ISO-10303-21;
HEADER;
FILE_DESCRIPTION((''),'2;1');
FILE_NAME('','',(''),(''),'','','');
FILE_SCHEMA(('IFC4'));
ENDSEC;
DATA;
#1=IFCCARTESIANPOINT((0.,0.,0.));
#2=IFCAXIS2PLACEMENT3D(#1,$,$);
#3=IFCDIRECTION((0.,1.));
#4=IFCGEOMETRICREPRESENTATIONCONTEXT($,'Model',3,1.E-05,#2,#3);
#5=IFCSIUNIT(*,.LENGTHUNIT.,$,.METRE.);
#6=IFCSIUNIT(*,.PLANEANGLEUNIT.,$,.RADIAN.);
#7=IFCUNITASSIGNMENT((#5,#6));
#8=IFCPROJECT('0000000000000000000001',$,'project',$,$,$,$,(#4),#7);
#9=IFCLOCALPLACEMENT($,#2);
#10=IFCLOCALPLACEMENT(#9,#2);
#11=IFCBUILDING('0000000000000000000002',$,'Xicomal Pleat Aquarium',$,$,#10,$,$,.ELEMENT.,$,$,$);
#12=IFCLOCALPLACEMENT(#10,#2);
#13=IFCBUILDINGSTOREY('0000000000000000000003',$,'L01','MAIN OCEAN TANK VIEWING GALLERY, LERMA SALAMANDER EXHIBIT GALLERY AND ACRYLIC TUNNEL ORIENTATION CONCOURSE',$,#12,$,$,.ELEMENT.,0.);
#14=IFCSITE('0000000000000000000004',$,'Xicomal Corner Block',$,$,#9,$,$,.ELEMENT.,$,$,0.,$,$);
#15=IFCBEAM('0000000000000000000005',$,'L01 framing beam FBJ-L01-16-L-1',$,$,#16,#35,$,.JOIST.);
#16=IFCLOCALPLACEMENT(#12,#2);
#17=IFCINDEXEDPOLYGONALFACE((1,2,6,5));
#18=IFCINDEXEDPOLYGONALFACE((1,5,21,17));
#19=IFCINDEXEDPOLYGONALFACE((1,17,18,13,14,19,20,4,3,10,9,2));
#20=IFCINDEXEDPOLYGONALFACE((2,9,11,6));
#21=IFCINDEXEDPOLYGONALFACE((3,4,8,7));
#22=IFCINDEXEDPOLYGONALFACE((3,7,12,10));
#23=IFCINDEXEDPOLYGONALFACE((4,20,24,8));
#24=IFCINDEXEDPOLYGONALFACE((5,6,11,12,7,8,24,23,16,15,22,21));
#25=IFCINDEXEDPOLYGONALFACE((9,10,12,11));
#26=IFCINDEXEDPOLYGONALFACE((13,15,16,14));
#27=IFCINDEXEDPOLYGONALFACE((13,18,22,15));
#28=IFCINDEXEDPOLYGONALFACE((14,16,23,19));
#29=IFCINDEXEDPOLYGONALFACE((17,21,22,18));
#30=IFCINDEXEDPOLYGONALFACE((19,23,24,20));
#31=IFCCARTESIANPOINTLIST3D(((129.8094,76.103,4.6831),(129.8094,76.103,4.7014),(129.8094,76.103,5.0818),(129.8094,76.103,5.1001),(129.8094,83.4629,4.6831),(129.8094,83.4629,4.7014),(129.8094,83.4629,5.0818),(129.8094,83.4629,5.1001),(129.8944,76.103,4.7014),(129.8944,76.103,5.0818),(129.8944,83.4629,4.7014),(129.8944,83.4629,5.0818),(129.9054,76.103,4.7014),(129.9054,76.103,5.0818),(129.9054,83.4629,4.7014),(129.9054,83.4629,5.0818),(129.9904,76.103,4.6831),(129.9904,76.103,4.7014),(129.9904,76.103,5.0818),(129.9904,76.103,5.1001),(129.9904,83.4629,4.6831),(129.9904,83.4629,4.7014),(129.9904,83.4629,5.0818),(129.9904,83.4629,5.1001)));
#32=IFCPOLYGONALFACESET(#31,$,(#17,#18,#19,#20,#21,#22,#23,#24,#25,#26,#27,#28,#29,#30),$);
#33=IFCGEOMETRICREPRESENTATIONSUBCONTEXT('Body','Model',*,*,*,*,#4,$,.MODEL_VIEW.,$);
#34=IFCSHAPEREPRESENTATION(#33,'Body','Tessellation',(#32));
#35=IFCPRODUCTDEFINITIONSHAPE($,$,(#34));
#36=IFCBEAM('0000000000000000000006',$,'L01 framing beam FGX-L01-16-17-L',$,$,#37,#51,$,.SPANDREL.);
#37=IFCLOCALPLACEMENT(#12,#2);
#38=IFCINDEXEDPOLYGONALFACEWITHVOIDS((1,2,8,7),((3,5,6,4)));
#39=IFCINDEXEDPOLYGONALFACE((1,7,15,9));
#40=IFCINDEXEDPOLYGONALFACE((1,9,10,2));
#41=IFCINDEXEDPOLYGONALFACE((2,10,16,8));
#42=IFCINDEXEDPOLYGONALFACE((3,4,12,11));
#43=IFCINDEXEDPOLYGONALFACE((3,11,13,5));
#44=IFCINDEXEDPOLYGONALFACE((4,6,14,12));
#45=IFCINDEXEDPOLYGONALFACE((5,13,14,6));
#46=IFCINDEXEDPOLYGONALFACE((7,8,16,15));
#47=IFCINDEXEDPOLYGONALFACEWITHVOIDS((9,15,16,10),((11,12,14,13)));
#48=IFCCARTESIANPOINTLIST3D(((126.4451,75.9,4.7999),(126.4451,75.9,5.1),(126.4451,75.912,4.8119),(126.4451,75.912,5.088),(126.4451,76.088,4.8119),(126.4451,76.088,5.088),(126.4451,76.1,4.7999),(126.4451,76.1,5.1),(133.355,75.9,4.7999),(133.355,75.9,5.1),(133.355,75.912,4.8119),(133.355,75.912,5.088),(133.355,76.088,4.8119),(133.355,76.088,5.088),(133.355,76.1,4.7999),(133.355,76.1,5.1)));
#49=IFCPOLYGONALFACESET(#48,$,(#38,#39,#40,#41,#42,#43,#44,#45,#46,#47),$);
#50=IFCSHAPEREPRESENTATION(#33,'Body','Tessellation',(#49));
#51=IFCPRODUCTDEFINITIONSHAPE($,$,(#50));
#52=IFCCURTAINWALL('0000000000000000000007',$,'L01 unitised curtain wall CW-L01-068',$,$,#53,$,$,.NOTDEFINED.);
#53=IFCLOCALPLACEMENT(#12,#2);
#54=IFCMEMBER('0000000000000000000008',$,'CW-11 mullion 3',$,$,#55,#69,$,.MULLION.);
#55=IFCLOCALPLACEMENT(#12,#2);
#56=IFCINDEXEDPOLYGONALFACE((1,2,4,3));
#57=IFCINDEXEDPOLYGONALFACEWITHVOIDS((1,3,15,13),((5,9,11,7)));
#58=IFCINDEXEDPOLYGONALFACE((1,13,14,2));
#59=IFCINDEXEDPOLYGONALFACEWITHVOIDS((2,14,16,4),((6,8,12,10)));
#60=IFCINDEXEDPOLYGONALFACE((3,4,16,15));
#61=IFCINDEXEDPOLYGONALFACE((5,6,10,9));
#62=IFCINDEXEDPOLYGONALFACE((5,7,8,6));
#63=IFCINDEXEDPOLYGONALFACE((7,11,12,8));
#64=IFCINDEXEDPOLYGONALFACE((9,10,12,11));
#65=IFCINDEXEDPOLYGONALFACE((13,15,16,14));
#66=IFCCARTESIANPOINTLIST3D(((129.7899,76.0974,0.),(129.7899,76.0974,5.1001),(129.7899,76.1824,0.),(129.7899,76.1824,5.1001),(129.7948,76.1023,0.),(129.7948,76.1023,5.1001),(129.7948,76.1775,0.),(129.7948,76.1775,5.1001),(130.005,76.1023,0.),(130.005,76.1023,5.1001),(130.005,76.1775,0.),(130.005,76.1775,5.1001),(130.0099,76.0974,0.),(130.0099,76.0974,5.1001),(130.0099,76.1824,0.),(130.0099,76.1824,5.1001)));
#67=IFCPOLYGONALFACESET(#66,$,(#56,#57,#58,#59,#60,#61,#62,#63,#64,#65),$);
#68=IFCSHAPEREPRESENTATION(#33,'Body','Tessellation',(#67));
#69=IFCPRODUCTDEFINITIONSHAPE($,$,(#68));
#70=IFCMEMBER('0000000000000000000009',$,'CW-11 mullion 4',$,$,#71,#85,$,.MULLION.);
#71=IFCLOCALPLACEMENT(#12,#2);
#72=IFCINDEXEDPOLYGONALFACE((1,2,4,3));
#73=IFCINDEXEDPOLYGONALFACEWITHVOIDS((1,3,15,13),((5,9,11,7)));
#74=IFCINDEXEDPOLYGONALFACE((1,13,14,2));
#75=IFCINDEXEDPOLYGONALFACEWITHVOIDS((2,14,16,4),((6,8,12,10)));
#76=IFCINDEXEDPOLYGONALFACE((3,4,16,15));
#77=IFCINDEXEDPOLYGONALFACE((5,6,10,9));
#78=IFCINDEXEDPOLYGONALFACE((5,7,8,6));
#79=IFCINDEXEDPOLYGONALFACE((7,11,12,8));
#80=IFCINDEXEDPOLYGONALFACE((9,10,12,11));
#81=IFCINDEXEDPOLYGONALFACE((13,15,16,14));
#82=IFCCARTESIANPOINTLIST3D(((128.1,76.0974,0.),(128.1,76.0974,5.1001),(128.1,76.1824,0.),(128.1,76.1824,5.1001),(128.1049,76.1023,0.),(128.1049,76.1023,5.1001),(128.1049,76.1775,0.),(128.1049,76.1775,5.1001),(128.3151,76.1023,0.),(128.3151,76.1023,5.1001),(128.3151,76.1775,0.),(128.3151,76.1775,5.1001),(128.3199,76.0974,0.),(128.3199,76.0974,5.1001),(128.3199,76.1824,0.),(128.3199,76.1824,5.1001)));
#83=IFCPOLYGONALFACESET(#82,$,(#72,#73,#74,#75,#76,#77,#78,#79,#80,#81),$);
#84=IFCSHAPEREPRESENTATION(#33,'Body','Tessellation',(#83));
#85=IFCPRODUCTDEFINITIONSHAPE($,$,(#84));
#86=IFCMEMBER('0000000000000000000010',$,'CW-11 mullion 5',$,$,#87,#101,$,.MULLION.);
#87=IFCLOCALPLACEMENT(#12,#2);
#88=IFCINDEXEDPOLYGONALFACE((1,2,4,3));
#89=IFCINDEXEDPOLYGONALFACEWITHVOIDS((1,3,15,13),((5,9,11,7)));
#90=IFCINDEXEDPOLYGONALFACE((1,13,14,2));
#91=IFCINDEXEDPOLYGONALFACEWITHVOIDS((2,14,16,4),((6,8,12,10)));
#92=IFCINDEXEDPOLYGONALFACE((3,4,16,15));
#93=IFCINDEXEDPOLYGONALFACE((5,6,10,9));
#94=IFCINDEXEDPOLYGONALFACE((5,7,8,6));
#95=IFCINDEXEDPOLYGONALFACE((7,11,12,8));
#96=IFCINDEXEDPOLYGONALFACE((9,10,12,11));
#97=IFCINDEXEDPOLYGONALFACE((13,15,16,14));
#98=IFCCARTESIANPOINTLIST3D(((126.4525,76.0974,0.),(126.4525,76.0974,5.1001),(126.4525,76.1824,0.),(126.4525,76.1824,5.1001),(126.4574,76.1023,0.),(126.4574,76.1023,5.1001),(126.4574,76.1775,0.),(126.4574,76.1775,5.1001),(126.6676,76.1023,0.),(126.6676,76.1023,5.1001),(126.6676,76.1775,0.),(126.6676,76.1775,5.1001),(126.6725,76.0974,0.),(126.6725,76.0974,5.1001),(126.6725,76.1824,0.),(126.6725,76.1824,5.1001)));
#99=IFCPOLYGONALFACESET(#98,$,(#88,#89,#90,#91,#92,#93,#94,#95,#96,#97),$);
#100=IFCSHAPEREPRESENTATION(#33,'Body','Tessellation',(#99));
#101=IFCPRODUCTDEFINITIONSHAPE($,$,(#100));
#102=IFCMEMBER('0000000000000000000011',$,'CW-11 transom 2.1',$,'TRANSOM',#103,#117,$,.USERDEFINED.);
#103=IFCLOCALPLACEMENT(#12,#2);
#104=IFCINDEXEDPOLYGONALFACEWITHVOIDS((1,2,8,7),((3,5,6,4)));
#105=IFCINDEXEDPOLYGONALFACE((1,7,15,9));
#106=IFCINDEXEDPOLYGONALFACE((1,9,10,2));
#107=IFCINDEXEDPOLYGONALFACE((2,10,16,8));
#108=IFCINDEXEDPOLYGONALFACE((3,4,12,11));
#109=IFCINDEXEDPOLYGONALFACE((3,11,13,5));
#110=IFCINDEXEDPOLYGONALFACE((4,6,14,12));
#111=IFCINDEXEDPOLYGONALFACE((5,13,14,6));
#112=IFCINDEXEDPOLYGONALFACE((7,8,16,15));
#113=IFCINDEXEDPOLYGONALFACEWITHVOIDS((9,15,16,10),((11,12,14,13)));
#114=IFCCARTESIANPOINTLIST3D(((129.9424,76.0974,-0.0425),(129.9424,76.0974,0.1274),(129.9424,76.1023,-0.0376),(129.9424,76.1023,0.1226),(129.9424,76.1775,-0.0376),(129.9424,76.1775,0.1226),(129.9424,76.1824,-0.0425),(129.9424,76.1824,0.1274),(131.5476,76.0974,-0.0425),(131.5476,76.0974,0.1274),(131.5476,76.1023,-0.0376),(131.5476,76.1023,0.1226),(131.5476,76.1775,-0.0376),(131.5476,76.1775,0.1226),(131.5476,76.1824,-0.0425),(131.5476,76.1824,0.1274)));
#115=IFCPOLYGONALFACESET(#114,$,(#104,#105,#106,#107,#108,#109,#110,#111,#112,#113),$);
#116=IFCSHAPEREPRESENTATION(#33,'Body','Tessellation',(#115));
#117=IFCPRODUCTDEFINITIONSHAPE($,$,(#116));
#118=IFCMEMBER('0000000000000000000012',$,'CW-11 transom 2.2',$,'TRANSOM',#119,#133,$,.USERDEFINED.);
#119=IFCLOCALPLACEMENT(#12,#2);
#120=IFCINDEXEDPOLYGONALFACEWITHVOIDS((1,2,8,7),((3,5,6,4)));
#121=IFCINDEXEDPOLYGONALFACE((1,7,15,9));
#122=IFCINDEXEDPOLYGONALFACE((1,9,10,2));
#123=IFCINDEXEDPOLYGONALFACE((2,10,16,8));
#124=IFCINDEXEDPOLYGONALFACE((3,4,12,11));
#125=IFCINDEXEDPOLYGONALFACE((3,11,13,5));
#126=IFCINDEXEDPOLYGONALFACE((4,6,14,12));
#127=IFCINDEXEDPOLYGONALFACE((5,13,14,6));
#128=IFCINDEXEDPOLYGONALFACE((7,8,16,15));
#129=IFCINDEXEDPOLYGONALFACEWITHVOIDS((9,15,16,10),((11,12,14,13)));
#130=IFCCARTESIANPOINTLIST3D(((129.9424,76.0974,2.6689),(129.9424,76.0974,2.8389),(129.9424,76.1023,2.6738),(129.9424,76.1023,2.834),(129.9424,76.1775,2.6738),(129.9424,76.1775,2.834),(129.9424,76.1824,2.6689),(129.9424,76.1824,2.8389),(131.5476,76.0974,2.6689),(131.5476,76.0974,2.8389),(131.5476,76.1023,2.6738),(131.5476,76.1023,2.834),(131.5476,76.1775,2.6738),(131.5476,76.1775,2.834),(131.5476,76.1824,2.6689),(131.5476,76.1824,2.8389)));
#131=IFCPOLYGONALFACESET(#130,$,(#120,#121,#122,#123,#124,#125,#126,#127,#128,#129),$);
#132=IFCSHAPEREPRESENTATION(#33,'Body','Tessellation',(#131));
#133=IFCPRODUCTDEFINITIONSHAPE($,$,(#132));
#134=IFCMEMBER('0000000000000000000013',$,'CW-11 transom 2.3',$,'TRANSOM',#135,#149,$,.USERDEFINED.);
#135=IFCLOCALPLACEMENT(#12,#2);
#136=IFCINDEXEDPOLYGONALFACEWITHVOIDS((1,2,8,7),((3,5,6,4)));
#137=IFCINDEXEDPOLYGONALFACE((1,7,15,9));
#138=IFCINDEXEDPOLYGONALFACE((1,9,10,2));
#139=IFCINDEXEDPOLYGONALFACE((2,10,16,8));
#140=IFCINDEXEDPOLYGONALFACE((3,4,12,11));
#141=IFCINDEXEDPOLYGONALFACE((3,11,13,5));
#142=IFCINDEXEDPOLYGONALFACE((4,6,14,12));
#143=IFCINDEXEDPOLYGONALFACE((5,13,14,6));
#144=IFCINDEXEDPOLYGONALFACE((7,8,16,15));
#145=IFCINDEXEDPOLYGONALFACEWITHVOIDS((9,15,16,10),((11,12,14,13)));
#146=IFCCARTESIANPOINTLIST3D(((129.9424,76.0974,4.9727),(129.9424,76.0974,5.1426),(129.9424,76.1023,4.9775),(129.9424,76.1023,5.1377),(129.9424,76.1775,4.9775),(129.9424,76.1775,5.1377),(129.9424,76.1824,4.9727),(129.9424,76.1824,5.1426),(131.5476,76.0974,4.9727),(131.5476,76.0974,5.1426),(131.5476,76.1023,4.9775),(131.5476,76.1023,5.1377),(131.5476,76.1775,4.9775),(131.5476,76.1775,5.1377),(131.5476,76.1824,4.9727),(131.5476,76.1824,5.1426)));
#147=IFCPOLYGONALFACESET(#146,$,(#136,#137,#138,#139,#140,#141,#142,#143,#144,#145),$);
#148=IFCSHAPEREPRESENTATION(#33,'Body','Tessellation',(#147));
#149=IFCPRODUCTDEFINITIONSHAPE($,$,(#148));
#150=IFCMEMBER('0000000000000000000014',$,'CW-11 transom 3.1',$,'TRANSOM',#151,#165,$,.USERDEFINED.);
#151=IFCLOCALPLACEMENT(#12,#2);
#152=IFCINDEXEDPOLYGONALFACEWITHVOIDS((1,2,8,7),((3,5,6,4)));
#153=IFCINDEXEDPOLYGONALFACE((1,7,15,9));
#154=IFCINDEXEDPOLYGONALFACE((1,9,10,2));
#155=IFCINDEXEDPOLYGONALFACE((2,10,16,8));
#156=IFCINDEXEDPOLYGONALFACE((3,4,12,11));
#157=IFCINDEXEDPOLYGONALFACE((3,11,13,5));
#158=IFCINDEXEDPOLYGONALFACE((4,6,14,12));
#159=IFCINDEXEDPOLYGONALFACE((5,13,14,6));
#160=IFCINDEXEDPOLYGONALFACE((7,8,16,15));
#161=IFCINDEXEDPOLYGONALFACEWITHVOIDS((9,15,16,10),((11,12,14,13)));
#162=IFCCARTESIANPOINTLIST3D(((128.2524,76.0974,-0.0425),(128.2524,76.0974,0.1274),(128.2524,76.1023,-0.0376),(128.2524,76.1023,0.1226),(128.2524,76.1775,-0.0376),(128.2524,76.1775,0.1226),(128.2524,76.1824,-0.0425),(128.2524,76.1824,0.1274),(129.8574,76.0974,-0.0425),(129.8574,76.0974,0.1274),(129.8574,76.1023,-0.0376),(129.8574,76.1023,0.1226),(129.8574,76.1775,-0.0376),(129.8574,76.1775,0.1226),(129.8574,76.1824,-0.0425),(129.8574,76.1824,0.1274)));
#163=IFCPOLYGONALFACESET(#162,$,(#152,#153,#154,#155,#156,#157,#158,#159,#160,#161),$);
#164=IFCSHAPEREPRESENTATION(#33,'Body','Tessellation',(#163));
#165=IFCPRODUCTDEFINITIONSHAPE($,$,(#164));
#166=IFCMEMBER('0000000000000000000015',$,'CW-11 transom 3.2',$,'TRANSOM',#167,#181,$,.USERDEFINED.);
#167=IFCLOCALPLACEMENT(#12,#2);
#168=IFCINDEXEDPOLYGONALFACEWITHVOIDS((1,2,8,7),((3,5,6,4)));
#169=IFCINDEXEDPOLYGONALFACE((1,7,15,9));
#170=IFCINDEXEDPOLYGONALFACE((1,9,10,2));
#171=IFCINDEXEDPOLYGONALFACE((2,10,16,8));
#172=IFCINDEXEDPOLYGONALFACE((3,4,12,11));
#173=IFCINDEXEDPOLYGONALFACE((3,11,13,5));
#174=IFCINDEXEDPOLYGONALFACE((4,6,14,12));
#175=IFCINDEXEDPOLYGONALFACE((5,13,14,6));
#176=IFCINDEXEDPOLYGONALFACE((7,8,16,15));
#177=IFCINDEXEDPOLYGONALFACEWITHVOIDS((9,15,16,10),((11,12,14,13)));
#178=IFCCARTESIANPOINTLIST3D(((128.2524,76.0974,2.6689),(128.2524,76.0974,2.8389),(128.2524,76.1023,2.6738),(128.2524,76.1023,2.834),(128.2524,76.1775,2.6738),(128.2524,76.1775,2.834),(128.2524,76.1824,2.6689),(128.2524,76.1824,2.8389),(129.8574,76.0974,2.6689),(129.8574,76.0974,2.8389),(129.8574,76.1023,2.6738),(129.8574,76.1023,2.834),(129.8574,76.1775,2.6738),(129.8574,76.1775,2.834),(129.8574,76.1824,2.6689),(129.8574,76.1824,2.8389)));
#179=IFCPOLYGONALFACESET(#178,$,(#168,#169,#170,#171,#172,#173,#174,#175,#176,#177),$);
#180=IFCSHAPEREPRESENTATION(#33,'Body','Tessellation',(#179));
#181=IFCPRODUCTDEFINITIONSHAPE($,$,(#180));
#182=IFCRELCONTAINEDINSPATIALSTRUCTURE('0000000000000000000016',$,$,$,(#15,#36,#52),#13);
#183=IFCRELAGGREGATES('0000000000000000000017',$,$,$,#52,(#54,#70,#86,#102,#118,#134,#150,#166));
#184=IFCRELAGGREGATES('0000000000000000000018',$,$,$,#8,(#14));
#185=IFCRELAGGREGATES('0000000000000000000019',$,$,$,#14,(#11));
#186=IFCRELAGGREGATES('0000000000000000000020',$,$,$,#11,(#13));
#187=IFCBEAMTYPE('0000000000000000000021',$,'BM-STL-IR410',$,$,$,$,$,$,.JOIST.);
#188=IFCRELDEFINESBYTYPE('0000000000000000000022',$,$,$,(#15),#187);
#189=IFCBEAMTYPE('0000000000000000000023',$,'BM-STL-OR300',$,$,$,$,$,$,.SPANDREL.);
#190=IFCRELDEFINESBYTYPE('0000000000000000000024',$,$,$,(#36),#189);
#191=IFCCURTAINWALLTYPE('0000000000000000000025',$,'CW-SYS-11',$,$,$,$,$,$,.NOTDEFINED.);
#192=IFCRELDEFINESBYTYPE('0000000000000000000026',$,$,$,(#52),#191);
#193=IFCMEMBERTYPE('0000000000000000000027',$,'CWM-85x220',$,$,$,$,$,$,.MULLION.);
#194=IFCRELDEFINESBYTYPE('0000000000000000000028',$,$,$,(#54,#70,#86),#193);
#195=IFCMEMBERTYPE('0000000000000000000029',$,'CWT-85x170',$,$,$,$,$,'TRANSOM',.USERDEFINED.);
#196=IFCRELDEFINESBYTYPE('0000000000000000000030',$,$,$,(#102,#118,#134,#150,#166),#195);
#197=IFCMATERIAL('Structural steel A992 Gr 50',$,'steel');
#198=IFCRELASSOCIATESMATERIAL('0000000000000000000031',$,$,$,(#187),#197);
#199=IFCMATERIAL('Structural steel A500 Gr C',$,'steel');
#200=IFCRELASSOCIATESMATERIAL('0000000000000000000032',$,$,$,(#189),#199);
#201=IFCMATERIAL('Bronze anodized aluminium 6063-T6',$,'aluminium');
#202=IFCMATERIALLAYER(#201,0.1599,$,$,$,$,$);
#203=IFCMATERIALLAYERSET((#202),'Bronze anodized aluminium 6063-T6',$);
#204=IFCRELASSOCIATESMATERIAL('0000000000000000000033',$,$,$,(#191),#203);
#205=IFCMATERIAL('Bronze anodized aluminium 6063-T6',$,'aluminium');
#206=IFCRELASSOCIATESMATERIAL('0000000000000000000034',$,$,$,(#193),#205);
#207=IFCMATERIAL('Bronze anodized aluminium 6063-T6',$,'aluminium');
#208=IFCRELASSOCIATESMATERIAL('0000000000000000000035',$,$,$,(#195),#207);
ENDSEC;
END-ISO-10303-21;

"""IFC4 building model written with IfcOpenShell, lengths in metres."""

from ifc_helpers import new_model, si_unit, direction, frame, origin, origin_2d, place, context, subcontext, project, spatial, hollow_rectangle, i_section, extrude, material, layer, layer_set, material_profile, profile_set, type_object, element, aggregate, save


model = new_model("IFC4")

# Units and contexts
model_context = context("Model", 3, precision=1e-05, world=origin(), true_north=direction((0.0, 1.0)))
body_context = subcontext(model_context, "Body", "Model", "MODEL_VIEW")
ifc_project = project(units=[si_unit("LENGTHUNIT", "METRE"), si_unit("PLANEANGLEUNIT", "RADIAN")], contexts=[model_context])

# Site, building, storey
site_placement = place(None, origin())
site = spatial("IfcSite", under=ifc_project, at=site_placement, Name="Xicomal Corner Block", CompositionType="ELEMENT", RefElevation=0.0)
building_placement = place(site_placement, origin())
building = spatial("IfcBuilding", under=site, at=building_placement, Name="Xicomal Pleat Aquarium", CompositionType="ELEMENT")
storey_placement = place(building_placement, origin())
storey = spatial("IfcBuildingStorey", under=building, at=storey_placement, Name="L01", Description="MAIN OCEAN TANK VIEWING GALLERY, LERMA SALAMANDER EXHIBIT GALLERY AND ACRYLIC TUNNEL ORIENTATION CONCOURSE", CompositionType="ELEMENT", Elevation=0.0)

# Beams
ifc_material_1 = material(Name="Structural steel A992 Gr 50", Category="steel")
ifc_material_profile_1 = material_profile(ifc_material_1, i_section(OverallWidth=0.1809, OverallDepth=0.417, WebThickness=0.011, FlangeThickness=0.0183, at=origin_2d()), Name="IR 410x85")
ifc_profile_set_1 = profile_set([ifc_material_profile_1], Name="Structural steel A992 Gr 50")
beam_type_1 = type_object("IfcBeamType", Name="BM-STL-IR410", PredefinedType="JOIST", material=ifc_profile_set_1)
beam_1_placement = place(storey_placement, frame((129.8999, 76.103, 4.8916), z_axis=(0.0, 1.0, 0.0), x_axis=(-1.0, 0.0, 0.0)))
element("IfcBeam", 1, at=beam_1_placement, inside=storey, type_object=beam_type_1, Name="L01 framing beam FBJ-L01-16-L-1", PredefinedType="JOIST", context=body_context, shape_type="SweptSolid", body=[
    extrude(i_section(OverallWidth=0.1809, OverallDepth=0.417, WebThickness=0.011, FlangeThickness=0.0183, at=origin_2d()), origin(), (0.0, 0.0, 1.0), 7.3599),
])
ifc_material_2 = material(Name="Structural steel A500 Gr C", Category="steel")
ifc_material_profile_2 = material_profile(ifc_material_2, hollow_rectangle(XDim=0.2, YDim=0.3, WallThickness=0.012, at=origin_2d()), Name="OR 300x200x12")
ifc_profile_set_2 = profile_set([ifc_material_profile_2], Name="Structural steel A500 Gr C")
beam_type_2 = type_object("IfcBeamType", Name="BM-STL-OR300", PredefinedType="SPANDREL", material=ifc_profile_set_2)
beam_2_placement = place(storey_placement, frame((126.4451, 76.0, 4.95), z_axis=(1.0, 0.0, 0.0), x_axis=(0.0, 1.0, 0.0)))
element("IfcBeam", 2, at=beam_2_placement, inside=storey, type_object=beam_type_2, Name="L01 framing beam FGX-L01-16-17-L", PredefinedType="SPANDREL", context=body_context, shape_type="SweptSolid", body=[
    extrude(hollow_rectangle(XDim=0.2, YDim=0.3, WallThickness=0.012, at=origin_2d()), origin(), (0.0, 0.0, 1.0), 6.9099),
])

# Curtain wall, members
ifc_material_3 = material(Name="Bronze anodized aluminium 6063-T6", Category="aluminium")
ifc_layer_1 = layer(ifc_material_3, 0.1599)
ifc_layer_set_1 = layer_set([ifc_layer_1], Name="Bronze anodized aluminium 6063-T6")
curtain_wall_type = type_object("IfcCurtainWallType", Name="CW-SYS-11", PredefinedType="NOTDEFINED", material=ifc_layer_set_1)
curtain_wall_placement = place(storey_placement, origin())
curtain_wall = element("IfcCurtainWall", 3, at=curtain_wall_placement, inside=storey, type_object=curtain_wall_type, Name="L01 unitised curtain wall CW-L01-068", PredefinedType="NOTDEFINED")
ifc_material_4 = material(Name="Bronze anodized aluminium 6063-T6", Category="aluminium")
ifc_material_profile_3 = material_profile(ifc_material_4, hollow_rectangle(XDim=0.085, YDim=0.22, WallThickness=0.0049, at=origin_2d()), Name="ALU MULL 85x220")
ifc_profile_set_3 = profile_set([ifc_material_profile_3], Name="Bronze anodized aluminium 6063-T6")
member_type_1 = type_object("IfcMemberType", Name="CWM-85x220", PredefinedType="MULLION", material=ifc_profile_set_3)
member_1_placement = place(storey_placement, frame((129.8999, 76.1399, 0.0), z_axis=(0.0, 0.0, 1.0), x_axis=(0.0, -1.0, 0.0)))
member_1 = element("IfcMember", 4, at=member_1_placement, type_object=member_type_1, Name="CW-11 mullion 3", PredefinedType="MULLION", context=body_context, shape_type="SweptSolid", body=[
    extrude(hollow_rectangle(XDim=0.085, YDim=0.22, WallThickness=0.0049, at=origin_2d()), origin(), (0.0, 0.0, 1.0), 5.1001),
])
member_2_placement = place(storey_placement, frame((128.21, 76.1399, 0.0), z_axis=(0.0, 0.0, 1.0), x_axis=(0.0, -1.0, 0.0)))
member_2 = element("IfcMember", 5, at=member_2_placement, type_object=member_type_1, Name="CW-11 mullion 4", PredefinedType="MULLION", context=body_context, shape_type="SweptSolid", body=[
    extrude(hollow_rectangle(XDim=0.085, YDim=0.22, WallThickness=0.0049, at=origin_2d()), origin(), (0.0, 0.0, 1.0), 5.1001),
])
member_3_placement = place(storey_placement, frame((126.5625, 76.1399, 0.0), z_axis=(0.0, 0.0, 1.0), x_axis=(0.0, -1.0, 0.0)))
member_3 = element("IfcMember", 6, at=member_3_placement, type_object=member_type_1, Name="CW-11 mullion 5", PredefinedType="MULLION", context=body_context, shape_type="SweptSolid", body=[
    extrude(hollow_rectangle(XDim=0.085, YDim=0.22, WallThickness=0.0049, at=origin_2d()), origin(), (0.0, 0.0, 1.0), 5.1001),
])
ifc_material_5 = material(Name="Bronze anodized aluminium 6063-T6", Category="aluminium")
ifc_material_profile_4 = material_profile(ifc_material_5, hollow_rectangle(XDim=0.085, YDim=0.1699, WallThickness=0.0049, at=origin_2d()), Name="ALU TRAN 85x170")
ifc_profile_set_4 = profile_set([ifc_material_profile_4], Name="Bronze anodized aluminium 6063-T6")
member_type_2 = type_object("IfcMemberType", Name="CWT-85x170", ElementType="TRANSOM", PredefinedType="USERDEFINED", material=ifc_profile_set_4)
member_4_placement = place(storey_placement, frame((131.5476, 76.1399, 0.0425), z_axis=(-1.0, 0.0, 0.0), x_axis=(0.0, -1.0, 0.0)))
member_4 = element("IfcMember", 7, at=member_4_placement, type_object=member_type_2, Name="CW-11 transom 2.1", ObjectType="TRANSOM", PredefinedType="USERDEFINED", context=body_context, shape_type="SweptSolid", body=[
    extrude(hollow_rectangle(XDim=0.085, YDim=0.1699, WallThickness=0.0049, at=origin_2d()), origin(), (0.0, 0.0, 1.0), 1.6052),
])
member_5_placement = place(storey_placement, frame((131.5476, 76.1399, 2.7539), z_axis=(-1.0, 0.0, 0.0), x_axis=(0.0, -1.0, 0.0)))
member_5 = element("IfcMember", 8, at=member_5_placement, type_object=member_type_2, Name="CW-11 transom 2.2", ObjectType="TRANSOM", PredefinedType="USERDEFINED", context=body_context, shape_type="SweptSolid", body=[
    extrude(hollow_rectangle(XDim=0.085, YDim=0.1699, WallThickness=0.0049, at=origin_2d()), origin(), (0.0, 0.0, 1.0), 1.6052),
])
member_6_placement = place(storey_placement, frame((131.5476, 76.1399, 5.0576), z_axis=(-1.0, 0.0, 0.0), x_axis=(0.0, -1.0, 0.0)))
member_6 = element("IfcMember", 9, at=member_6_placement, type_object=member_type_2, Name="CW-11 transom 2.3", ObjectType="TRANSOM", PredefinedType="USERDEFINED", context=body_context, shape_type="SweptSolid", body=[
    extrude(hollow_rectangle(XDim=0.085, YDim=0.1699, WallThickness=0.0049, at=origin_2d()), origin(), (0.0, 0.0, 1.0), 1.6052),
])
member_7_placement = place(storey_placement, frame((129.8574, 76.1399, 0.0425), z_axis=(-1.0, 0.0, 0.0), x_axis=(0.0, -1.0, 0.0)))
member_7 = element("IfcMember", 10, at=member_7_placement, type_object=member_type_2, Name="CW-11 transom 3.1", ObjectType="TRANSOM", PredefinedType="USERDEFINED", context=body_context, shape_type="SweptSolid", body=[
    extrude(hollow_rectangle(XDim=0.085, YDim=0.1699, WallThickness=0.0049, at=origin_2d()), origin(), (0.0, 0.0, 1.0), 1.605),
])
member_8_placement = place(storey_placement, frame((129.8574, 76.1399, 2.7539), z_axis=(-1.0, 0.0, 0.0), x_axis=(0.0, -1.0, 0.0)))
member_8 = element("IfcMember", 11, at=member_8_placement, type_object=member_type_2, Name="CW-11 transom 3.2", ObjectType="TRANSOM", PredefinedType="USERDEFINED", context=body_context, shape_type="SweptSolid", body=[
    extrude(hollow_rectangle(XDim=0.085, YDim=0.1699, WallThickness=0.0049, at=origin_2d()), origin(), (0.0, 0.0, 1.0), 1.605),
])
aggregate(curtain_wall, [member_1, member_2, member_3, member_4, member_5, member_6, member_7, member_8])

save(model, "model.ifc")
